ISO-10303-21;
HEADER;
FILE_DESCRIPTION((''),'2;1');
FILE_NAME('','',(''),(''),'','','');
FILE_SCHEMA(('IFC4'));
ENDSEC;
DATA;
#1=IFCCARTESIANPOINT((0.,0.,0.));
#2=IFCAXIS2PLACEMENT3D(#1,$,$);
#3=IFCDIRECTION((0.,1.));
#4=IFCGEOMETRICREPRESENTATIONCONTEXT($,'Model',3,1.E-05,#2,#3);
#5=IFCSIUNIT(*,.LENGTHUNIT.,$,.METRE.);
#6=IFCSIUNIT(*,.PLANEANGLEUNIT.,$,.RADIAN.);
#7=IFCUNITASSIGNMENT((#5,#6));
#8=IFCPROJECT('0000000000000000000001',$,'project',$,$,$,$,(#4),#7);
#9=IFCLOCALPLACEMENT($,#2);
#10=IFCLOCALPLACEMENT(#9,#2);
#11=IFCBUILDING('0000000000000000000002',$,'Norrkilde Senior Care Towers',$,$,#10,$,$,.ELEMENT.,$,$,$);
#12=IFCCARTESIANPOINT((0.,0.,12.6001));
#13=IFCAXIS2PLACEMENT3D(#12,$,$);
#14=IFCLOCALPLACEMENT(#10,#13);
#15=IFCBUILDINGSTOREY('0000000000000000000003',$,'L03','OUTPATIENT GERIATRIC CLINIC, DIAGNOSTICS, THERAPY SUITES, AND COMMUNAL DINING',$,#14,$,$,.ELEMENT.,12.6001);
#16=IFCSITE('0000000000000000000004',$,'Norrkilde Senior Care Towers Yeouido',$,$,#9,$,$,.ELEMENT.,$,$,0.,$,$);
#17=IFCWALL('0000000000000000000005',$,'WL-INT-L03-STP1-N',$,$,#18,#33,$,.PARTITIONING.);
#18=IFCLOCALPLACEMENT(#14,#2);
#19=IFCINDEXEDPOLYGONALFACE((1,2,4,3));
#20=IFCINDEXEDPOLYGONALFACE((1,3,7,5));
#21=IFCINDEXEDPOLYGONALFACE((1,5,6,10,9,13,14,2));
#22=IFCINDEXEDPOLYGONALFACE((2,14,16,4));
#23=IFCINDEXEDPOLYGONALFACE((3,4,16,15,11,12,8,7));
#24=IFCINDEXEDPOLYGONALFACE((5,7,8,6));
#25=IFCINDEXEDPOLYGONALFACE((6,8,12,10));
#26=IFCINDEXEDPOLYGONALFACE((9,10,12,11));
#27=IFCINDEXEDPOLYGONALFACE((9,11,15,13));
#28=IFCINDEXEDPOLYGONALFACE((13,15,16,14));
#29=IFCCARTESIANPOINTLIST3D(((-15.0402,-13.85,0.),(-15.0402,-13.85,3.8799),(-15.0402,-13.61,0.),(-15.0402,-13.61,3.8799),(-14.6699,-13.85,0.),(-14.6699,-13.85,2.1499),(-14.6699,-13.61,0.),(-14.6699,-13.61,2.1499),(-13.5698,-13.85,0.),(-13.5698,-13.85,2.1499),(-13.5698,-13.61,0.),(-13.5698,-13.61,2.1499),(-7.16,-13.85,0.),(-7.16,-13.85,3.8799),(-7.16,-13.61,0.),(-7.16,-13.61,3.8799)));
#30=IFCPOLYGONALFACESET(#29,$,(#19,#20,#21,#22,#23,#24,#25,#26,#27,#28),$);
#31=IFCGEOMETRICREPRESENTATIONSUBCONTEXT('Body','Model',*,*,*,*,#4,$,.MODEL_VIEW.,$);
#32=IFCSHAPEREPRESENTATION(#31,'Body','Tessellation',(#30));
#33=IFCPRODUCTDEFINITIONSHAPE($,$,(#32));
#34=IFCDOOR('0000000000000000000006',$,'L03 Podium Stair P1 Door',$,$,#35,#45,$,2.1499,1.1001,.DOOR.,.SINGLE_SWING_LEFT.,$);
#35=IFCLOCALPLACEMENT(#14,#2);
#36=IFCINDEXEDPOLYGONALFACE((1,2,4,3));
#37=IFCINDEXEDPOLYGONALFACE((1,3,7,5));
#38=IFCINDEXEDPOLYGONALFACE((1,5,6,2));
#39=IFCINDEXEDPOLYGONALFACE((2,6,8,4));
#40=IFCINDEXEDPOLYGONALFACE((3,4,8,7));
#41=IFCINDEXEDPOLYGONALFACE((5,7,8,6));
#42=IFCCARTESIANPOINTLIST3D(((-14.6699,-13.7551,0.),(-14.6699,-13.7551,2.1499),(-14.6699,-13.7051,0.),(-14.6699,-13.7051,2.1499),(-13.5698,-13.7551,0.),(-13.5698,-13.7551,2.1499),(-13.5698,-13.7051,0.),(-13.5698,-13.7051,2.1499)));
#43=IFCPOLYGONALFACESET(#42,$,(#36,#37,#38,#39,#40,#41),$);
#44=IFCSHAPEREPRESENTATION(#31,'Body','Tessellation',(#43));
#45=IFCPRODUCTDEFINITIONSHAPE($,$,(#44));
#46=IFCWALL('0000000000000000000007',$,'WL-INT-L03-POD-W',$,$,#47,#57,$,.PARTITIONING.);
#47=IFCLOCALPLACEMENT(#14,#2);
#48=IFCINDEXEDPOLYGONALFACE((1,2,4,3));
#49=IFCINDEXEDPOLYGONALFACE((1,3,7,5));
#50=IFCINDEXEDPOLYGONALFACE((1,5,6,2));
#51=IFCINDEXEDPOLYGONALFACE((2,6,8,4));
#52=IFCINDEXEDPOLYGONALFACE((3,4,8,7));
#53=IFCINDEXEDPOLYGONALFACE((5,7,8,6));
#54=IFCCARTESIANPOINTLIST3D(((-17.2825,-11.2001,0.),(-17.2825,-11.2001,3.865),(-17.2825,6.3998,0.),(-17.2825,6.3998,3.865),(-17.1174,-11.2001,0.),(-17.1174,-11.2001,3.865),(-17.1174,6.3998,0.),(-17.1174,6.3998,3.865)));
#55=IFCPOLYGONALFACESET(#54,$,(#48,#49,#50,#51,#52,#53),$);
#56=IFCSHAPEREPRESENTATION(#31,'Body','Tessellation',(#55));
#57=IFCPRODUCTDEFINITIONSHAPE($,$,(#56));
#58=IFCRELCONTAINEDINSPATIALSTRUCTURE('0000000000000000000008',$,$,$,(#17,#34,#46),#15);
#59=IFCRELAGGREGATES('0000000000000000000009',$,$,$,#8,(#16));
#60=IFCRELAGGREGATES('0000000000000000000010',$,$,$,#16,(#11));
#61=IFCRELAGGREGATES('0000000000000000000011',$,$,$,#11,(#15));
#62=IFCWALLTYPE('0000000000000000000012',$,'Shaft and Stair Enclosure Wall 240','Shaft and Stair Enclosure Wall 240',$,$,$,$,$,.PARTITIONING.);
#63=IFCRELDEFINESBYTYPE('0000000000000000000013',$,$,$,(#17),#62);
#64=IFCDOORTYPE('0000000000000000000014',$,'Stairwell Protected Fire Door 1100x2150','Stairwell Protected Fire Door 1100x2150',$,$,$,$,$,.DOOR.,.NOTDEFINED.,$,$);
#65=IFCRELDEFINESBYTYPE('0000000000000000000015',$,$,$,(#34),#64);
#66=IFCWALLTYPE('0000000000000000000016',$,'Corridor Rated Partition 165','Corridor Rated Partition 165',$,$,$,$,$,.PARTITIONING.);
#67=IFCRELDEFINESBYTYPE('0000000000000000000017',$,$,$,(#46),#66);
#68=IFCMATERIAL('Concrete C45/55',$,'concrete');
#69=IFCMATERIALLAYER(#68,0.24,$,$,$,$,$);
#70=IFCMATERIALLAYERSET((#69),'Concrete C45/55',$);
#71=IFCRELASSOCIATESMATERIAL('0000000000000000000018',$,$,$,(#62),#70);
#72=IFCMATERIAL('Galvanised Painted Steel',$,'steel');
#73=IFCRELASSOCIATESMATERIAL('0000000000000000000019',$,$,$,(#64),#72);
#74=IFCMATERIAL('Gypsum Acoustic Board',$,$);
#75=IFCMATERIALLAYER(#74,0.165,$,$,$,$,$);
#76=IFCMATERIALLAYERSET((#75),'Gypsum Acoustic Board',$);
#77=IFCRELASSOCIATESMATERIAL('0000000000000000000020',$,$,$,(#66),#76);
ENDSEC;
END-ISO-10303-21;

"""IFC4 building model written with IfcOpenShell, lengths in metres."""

from ifc_helpers import new_model, si_unit, direction, frame, frame_2d, origin, place, context, subcontext, project, spatial, rectangle, extrude, source, transform, mapped, material, layer, layer_set, type_object, type_shapes, element, fill, save


model = new_model("IFC4")

# Units and contexts
model_context = context("Model", 3, precision=1e-05, world=origin(), true_north=direction((0.0, 1.0)))
body_context = subcontext(model_context, "Body", "Model", "MODEL_VIEW")
ifc_project = project(units=[si_unit("LENGTHUNIT", "METRE"), si_unit("PLANEANGLEUNIT", "RADIAN")], contexts=[model_context])

# Site, building, storey
site_placement = place(None, origin())
site = spatial("IfcSite", under=ifc_project, at=site_placement, Name="Norrkilde Senior Care Towers Yeouido", CompositionType="ELEMENT", RefElevation=0.0)
building_placement = place(site_placement, origin())
building = spatial("IfcBuilding", under=site, at=building_placement, Name="Norrkilde Senior Care Towers", CompositionType="ELEMENT")
storey_placement = place(building_placement, frame((0.0, 0.0, 12.6001)))
storey = spatial("IfcBuildingStorey", under=building, at=storey_placement, Name="L03", Description="OUTPATIENT GERIATRIC CLINIC, DIAGNOSTICS, THERAPY SUITES, AND COMMUNAL DINING", CompositionType="ELEMENT", Elevation=12.6001)

# Wall, opening, door
ifc_material_1 = material(Name="Concrete C45/55", Category="concrete")
ifc_layer_1 = layer(ifc_material_1, 0.24)
ifc_layer_set_1 = layer_set([ifc_layer_1], Name="Concrete C45/55")
wall_type_1 = type_object("IfcWallType", Name="Shaft and Stair Enclosure Wall 240", Description="Shaft and Stair Enclosure Wall 240", PredefinedType="PARTITIONING", material=ifc_layer_set_1)
shared_shape_1 = source(origin(), body_context, "Body", "SweptSolid", [
    extrude(rectangle(XDim=7.8801, YDim=0.24, at=frame_2d((3.9399, 0.0))), origin(), (0.0, 0.0, 1.0), 3.8799),
])
type_shapes(wall_type_1, [shared_shape_1])
wall_1_placement = place(storey_placement, frame((-15.04, -13.73, 0.0), z_axis=(0.0, 0.0, 1.0), x_axis=(1.0, 0.0, 0.0)))
wall_1 = element("IfcWall", 1, at=wall_1_placement, inside=storey, type_object=wall_type_1, Name="WL-INT-L03-STP1-N", PredefinedType="PARTITIONING", context=body_context, shape_type="MappedRepresentation", body=[
    mapped(shared_shape_1, transform((0.0, 0.0, 0.0), x_axis=(1.0, 0.0, 0.0), y_axis=(0.0, 1.0, 0.0), z_axis=(0.0, 0.0, 1.0), scale=1.0)),
])
opening_1_placement = place(wall_1_placement, frame((0.3701, 0.0, 0.0)))
opening_1 = element("IfcOpeningElement", 2, at=opening_1_placement, cuts=wall_1, PredefinedType="OPENING", context=body_context, shape_type="SweptSolid", body=[
    extrude(rectangle(XDim=1.1001, YDim=2.1499, at=frame_2d((0.55, 1.075))), frame((0.0, 0.1299, 0.0), z_axis=(0.0, -1.0, 0.0), x_axis=(1.0, 0.0, 0.0)), (0.0, 0.0, 1.0), 0.26),
])
ifc_material_2 = material(Name="Galvanised Painted Steel", Category="steel")
door_type_1 = type_object("IfcDoorType", Name="Stairwell Protected Fire Door 1100x2150", Description="Stairwell Protected Fire Door 1100x2150", OperationType="NOTDEFINED", PredefinedType="DOOR", material=ifc_material_2)
shared_shape_2 = source(origin(), body_context, "Body", "SweptSolid", [
    extrude(rectangle(XDim=1.1001, YDim=2.1499, at=frame_2d((0.55, 1.075))), frame((0.0, 0.0249, 0.0), z_axis=(0.0, -1.0, 0.0), x_axis=(1.0, 0.0, 0.0)), (0.0, 0.0, 1.0), 0.05),
])
type_shapes(door_type_1, [shared_shape_2])
door_1_placement = place(opening_1_placement, origin())
door_1 = element("IfcDoor", 3, at=door_1_placement, inside=storey, type_object=door_type_1, Name="L03 Podium Stair P1 Door", OperationType="SINGLE_SWING_LEFT", OverallHeight=2.1499, OverallWidth=1.1001, PredefinedType="DOOR", context=body_context, shape_type="MappedRepresentation", body=[
    mapped(shared_shape_2, transform((0.0, 0.0, 0.0), x_axis=(1.0, 0.0, 0.0), y_axis=(0.0, 1.0, 0.0), z_axis=(0.0, 0.0, 1.0), scale=1.0)),
])
fill(opening_1, door_1)

# Wall
ifc_material_3 = material(Name="Gypsum Acoustic Board")
ifc_layer_2 = layer(ifc_material_3, 0.165)
ifc_layer_set_2 = layer_set([ifc_layer_2], Name="Gypsum Acoustic Board")
wall_type_2 = type_object("IfcWallType", Name="Corridor Rated Partition 165", Description="Corridor Rated Partition 165", PredefinedType="PARTITIONING", material=ifc_layer_set_2)
shared_shape_3 = source(origin(), body_context, "Body", "SweptSolid", [
    extrude(rectangle(XDim=17.5999, YDim=0.165, at=frame_2d((8.7998, 0.0))), origin(), (0.0, 0.0, 1.0), 3.865),
])
wall_2_placement = place(storey_placement, frame((-17.2, -11.2, 0.0), z_axis=(0.0, 0.0, 1.0), x_axis=(0.0, 1.0, 0.0)))
element("IfcWall", 4, at=wall_2_placement, inside=storey, type_object=wall_type_2, Name="WL-INT-L03-POD-W", PredefinedType="PARTITIONING", context=body_context, shape_type="MappedRepresentation", body=[
    mapped(shared_shape_3, transform((0.0, 0.0, 0.0), x_axis=(1.0, 0.0, 0.0), y_axis=(0.0, 1.0, 0.0), z_axis=(0.0, 0.0, 1.0), scale=1.0)),
])

save(model, "model.ifc")
